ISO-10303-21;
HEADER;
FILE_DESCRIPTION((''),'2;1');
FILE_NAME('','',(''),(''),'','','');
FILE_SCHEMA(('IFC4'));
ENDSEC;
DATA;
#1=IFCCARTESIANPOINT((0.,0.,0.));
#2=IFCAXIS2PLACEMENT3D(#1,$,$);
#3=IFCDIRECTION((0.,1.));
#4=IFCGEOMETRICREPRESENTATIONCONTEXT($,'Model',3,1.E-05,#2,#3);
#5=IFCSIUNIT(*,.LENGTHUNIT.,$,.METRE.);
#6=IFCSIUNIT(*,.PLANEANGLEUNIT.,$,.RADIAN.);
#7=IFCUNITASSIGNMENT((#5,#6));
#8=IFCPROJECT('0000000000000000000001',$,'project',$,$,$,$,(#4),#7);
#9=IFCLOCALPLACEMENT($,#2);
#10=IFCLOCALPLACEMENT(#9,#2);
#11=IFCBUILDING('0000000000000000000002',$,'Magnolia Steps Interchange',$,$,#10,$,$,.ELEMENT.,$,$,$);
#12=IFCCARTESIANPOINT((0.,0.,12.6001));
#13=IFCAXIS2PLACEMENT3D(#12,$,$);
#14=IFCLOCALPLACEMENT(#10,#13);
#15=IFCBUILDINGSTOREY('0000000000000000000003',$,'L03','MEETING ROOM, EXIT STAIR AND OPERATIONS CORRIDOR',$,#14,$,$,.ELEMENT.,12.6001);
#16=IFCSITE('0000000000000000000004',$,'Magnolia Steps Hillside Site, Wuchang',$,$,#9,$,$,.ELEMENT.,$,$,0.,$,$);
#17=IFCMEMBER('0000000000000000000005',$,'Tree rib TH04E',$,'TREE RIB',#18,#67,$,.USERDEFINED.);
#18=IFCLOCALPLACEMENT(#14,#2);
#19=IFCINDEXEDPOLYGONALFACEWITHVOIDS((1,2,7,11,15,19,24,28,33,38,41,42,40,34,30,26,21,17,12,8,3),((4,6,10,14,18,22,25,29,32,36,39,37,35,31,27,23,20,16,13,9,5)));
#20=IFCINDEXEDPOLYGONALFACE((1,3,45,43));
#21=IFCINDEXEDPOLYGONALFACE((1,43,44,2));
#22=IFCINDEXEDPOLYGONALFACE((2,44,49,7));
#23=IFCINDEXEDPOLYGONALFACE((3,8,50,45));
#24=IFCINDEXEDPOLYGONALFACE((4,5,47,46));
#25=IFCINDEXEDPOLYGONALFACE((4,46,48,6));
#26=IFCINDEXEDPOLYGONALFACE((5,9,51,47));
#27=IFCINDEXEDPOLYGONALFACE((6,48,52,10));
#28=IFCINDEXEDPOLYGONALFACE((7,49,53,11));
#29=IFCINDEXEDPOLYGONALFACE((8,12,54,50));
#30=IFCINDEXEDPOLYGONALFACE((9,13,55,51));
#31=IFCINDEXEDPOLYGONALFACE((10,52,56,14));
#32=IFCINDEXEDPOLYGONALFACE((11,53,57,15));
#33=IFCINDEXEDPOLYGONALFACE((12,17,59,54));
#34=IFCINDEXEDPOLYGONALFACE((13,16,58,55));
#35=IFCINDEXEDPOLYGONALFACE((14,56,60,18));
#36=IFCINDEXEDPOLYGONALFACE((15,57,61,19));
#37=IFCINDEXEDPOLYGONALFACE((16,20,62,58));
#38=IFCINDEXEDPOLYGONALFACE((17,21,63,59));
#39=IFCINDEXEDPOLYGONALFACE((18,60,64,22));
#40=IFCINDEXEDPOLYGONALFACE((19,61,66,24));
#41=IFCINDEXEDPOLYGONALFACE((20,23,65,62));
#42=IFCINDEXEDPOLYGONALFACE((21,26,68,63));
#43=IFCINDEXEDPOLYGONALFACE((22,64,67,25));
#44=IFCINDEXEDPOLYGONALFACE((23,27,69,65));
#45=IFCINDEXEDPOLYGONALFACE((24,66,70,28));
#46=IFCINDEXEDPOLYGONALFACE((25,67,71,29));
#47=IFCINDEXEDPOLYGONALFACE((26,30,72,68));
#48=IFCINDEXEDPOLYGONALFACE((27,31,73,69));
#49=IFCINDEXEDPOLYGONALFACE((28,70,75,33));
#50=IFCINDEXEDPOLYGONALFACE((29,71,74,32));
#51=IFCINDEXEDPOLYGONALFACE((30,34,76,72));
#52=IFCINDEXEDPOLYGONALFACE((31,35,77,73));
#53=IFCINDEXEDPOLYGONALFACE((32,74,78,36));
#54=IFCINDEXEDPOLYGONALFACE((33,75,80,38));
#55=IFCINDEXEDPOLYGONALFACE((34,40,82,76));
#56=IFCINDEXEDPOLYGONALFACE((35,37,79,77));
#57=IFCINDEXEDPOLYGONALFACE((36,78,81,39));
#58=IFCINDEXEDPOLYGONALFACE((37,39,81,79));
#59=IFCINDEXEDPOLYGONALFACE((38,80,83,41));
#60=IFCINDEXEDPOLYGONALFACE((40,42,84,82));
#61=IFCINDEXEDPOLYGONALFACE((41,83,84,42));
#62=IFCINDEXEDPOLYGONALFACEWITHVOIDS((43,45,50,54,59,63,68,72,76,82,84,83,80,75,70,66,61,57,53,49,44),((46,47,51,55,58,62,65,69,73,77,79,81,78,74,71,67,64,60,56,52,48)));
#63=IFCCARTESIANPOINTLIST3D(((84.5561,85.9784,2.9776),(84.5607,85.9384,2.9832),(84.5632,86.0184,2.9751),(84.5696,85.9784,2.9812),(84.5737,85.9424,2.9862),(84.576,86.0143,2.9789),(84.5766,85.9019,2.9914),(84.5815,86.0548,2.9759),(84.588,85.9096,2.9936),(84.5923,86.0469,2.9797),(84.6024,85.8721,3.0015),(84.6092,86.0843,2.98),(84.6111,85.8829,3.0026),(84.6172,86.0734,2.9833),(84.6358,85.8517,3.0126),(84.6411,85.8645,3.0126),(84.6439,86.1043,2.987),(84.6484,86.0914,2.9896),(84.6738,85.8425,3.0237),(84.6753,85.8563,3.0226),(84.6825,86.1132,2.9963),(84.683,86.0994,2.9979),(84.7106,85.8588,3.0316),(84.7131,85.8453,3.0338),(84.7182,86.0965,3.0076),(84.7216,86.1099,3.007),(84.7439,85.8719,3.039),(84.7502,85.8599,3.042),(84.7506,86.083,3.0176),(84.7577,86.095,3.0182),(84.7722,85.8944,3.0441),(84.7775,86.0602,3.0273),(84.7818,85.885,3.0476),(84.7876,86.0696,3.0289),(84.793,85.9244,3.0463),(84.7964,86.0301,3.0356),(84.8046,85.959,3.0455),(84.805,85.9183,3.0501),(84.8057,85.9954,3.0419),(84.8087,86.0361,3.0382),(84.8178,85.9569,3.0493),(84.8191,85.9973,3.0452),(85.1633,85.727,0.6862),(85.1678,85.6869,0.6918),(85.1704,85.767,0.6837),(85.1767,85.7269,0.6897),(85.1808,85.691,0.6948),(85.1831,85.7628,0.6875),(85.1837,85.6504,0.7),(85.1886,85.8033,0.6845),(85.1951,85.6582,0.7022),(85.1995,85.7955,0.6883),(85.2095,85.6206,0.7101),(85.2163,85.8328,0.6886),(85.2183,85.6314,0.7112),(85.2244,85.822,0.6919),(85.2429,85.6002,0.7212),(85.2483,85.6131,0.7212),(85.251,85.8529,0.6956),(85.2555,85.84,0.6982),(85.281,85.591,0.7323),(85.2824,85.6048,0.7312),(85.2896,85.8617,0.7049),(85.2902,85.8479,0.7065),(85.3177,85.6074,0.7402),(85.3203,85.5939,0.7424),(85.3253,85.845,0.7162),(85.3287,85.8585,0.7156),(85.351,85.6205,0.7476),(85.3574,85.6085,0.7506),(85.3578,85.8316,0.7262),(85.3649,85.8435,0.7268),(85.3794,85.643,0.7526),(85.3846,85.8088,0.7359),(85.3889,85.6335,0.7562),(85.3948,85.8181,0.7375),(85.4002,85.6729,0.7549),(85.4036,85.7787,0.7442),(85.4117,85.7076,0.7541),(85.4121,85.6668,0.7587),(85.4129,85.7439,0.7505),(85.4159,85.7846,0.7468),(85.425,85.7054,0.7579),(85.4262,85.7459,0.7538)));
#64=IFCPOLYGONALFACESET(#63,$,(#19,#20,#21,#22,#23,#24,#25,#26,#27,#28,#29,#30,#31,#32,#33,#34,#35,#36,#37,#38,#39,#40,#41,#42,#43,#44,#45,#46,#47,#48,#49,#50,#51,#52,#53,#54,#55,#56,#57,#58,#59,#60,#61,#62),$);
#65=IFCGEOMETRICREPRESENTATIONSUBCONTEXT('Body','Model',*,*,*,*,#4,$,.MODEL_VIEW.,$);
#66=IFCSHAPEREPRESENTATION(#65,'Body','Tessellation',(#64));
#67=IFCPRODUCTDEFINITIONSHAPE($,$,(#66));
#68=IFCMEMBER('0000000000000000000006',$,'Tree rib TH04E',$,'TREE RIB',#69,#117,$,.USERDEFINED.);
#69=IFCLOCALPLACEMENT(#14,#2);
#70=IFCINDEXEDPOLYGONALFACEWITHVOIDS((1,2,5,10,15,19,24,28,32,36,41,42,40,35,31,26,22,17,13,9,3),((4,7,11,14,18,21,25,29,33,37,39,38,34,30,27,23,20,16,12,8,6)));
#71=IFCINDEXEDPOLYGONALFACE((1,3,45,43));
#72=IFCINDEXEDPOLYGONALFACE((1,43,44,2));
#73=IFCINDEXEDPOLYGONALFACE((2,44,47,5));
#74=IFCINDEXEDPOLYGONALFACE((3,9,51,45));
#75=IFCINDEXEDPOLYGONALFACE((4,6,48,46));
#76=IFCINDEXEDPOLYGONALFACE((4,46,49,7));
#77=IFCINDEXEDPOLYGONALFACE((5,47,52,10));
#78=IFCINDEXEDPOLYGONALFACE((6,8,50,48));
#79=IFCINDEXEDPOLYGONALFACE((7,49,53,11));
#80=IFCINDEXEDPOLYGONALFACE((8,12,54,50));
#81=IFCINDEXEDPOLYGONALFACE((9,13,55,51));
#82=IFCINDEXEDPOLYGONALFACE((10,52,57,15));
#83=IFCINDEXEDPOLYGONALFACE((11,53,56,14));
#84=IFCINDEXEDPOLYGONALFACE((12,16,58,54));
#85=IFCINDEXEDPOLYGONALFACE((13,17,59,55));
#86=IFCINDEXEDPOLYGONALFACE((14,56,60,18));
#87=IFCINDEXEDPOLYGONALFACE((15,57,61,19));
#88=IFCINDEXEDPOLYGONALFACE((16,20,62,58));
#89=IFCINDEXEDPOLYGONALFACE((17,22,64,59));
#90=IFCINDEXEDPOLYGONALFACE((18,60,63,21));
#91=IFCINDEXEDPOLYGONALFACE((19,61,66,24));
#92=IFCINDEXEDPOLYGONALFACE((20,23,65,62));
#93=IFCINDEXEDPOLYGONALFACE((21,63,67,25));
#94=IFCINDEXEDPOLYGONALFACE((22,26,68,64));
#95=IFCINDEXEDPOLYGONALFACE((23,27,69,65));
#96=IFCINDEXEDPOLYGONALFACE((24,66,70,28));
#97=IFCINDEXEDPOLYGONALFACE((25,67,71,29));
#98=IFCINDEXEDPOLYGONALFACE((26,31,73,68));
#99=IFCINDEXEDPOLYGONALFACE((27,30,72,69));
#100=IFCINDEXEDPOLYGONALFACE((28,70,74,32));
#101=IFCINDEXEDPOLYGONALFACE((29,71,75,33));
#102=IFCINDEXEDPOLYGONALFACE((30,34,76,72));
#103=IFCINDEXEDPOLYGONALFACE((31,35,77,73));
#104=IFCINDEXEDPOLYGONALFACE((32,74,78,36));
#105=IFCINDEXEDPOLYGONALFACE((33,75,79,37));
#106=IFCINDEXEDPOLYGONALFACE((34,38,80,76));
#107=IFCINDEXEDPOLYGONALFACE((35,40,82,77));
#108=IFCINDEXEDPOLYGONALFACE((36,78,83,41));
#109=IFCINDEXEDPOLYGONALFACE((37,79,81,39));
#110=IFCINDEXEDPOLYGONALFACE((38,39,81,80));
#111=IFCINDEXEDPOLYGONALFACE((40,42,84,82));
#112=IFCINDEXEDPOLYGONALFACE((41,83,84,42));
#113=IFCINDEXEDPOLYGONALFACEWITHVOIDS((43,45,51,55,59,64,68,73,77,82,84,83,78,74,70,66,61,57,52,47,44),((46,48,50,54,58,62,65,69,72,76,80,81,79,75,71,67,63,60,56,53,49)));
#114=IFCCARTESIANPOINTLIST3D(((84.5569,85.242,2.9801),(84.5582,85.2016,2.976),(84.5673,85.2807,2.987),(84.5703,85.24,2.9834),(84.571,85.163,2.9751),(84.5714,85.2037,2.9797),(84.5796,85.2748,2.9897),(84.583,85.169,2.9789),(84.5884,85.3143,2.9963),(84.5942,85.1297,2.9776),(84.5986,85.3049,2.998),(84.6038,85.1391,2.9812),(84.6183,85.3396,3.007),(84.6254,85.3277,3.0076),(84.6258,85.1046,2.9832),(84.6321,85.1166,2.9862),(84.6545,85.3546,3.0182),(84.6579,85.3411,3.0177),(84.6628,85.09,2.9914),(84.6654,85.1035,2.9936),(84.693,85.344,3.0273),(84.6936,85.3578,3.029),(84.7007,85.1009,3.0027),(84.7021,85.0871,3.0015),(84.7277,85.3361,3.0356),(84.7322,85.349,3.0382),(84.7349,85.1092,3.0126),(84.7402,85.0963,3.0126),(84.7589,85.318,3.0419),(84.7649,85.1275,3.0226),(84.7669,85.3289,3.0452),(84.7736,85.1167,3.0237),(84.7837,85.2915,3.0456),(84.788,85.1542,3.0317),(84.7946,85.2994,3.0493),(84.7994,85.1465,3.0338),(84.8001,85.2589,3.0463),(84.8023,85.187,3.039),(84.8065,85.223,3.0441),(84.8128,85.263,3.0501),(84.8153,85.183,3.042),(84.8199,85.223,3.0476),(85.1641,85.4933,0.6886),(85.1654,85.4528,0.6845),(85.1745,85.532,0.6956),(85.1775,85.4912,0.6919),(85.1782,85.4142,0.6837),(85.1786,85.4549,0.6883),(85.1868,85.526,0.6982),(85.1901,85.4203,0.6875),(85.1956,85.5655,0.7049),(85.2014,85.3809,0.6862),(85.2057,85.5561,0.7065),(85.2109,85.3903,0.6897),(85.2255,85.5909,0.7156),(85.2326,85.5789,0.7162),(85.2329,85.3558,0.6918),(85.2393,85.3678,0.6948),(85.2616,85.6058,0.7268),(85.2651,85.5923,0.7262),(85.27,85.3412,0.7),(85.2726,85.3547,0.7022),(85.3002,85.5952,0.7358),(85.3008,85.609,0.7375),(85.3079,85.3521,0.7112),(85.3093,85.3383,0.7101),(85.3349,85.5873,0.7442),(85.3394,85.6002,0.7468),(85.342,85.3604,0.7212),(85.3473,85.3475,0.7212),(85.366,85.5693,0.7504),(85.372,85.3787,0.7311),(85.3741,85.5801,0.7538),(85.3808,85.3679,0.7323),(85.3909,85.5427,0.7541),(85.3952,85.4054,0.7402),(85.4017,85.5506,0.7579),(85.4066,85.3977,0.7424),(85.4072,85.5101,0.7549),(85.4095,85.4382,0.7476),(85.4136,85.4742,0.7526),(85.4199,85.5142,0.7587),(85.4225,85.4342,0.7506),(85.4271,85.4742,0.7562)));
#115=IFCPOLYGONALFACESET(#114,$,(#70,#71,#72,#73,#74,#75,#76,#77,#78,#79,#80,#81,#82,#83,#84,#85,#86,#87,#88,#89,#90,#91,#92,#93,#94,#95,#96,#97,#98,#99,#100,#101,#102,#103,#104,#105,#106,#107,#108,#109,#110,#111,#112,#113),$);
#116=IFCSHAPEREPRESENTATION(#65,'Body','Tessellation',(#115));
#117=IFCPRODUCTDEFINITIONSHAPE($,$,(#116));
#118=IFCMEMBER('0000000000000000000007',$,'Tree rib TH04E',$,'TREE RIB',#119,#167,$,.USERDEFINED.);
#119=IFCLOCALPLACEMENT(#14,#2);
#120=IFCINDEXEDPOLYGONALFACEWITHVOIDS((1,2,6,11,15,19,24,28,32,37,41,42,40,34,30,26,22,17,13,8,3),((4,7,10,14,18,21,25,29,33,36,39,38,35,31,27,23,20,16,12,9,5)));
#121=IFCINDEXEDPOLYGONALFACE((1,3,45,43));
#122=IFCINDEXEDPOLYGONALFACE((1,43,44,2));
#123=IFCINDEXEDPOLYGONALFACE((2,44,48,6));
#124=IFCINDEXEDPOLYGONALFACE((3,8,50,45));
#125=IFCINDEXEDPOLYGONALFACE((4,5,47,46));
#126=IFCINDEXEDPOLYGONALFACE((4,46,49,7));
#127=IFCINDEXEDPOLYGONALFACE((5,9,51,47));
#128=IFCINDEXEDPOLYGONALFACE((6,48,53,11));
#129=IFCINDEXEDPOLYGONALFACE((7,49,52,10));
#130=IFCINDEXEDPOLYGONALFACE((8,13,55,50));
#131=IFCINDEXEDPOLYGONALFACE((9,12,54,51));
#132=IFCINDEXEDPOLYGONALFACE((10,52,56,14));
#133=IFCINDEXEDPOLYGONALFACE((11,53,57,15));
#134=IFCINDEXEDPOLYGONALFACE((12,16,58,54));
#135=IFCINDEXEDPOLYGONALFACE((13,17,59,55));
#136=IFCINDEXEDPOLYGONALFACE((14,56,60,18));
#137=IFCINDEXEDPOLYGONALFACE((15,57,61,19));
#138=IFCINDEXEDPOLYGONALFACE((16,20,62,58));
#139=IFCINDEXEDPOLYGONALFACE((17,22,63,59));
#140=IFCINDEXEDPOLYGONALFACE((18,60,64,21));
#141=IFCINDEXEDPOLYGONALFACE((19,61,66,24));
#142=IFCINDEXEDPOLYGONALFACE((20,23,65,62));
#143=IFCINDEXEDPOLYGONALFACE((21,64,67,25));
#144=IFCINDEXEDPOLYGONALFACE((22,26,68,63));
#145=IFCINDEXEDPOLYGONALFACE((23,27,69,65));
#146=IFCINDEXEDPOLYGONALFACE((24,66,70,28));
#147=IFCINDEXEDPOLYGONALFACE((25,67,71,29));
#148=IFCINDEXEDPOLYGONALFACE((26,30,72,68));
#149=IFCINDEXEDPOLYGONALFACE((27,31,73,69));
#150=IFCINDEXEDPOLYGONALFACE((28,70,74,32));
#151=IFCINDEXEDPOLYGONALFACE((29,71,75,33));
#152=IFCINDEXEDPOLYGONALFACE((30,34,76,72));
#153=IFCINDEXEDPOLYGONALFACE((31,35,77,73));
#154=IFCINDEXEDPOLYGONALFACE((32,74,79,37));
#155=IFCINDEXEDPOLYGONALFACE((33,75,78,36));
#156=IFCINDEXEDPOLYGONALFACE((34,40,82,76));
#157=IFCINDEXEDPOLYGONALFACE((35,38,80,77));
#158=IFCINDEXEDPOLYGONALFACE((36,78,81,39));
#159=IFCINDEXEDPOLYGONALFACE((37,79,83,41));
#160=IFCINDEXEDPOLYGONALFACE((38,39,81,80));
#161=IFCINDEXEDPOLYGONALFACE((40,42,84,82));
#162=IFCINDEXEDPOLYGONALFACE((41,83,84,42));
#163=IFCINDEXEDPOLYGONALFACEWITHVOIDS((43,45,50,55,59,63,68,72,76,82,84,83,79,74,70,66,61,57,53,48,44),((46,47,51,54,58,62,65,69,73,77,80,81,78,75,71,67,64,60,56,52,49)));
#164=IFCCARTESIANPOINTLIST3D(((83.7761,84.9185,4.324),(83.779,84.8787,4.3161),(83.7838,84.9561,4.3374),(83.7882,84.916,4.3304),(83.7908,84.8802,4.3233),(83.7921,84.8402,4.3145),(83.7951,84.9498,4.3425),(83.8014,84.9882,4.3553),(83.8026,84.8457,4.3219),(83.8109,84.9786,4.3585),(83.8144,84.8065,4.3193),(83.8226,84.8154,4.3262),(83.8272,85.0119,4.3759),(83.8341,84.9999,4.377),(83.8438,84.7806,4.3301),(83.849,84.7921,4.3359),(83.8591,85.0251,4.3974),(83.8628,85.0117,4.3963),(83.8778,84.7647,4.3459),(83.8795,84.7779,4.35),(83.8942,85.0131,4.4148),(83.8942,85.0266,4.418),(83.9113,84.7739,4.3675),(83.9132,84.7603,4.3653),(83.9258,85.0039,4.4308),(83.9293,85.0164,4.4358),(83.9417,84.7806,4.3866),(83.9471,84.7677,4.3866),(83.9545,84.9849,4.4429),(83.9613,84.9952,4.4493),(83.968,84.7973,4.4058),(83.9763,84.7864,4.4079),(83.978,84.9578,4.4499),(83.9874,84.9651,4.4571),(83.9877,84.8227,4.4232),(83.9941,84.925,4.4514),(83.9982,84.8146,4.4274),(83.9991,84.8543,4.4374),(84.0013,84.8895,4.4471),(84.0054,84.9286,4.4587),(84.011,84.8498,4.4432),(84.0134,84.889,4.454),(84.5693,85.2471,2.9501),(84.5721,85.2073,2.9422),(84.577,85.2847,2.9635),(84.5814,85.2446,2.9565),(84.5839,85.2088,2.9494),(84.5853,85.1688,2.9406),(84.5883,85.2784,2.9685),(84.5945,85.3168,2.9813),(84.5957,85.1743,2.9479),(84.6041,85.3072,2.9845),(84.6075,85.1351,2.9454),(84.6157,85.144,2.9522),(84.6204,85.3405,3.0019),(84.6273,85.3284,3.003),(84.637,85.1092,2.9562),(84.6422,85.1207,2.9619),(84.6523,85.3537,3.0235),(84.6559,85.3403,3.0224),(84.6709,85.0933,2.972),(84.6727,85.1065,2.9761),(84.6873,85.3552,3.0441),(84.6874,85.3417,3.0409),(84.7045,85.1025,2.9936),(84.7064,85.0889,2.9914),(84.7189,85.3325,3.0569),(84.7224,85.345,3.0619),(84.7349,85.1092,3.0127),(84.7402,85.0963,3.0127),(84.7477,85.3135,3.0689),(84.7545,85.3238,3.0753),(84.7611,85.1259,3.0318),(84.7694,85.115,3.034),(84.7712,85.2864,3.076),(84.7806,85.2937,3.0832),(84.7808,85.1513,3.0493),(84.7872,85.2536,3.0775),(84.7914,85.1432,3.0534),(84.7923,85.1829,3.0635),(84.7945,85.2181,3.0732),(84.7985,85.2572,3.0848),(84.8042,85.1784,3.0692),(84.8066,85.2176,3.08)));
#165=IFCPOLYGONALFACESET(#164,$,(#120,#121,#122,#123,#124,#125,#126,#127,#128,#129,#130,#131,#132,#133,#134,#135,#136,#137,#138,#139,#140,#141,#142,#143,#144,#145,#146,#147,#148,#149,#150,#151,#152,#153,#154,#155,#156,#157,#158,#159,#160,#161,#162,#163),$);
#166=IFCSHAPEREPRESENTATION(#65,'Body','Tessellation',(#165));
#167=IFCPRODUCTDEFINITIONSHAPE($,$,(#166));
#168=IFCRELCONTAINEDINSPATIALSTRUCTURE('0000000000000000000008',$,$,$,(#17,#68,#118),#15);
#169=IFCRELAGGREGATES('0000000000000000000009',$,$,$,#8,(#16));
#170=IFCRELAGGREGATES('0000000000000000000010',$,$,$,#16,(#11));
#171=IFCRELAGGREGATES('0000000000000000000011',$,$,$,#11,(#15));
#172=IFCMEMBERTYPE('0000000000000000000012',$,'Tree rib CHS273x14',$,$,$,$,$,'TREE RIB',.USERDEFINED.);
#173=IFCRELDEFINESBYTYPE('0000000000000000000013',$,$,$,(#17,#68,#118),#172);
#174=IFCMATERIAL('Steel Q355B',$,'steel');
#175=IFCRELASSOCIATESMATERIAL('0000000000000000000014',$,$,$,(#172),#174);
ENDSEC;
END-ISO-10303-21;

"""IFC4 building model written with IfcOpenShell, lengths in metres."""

from ifc_helpers import new_model, si_unit, direction, frame, origin, origin_2d, place, context, subcontext, project, spatial, hollow_circle, extrude, material, material_profile, profile_set, type_object, element, save


model = new_model("IFC4")

# Units and contexts
model_context = context("Model", 3, precision=1e-05, world=origin(), true_north=direction((0.0, 1.0)))
body_context = subcontext(model_context, "Body", "Model", "MODEL_VIEW")
ifc_project = project(units=[si_unit("LENGTHUNIT", "METRE"), si_unit("PLANEANGLEUNIT", "RADIAN")], contexts=[model_context])

# Site, building, storey
site_placement = place(None, origin())
site = spatial("IfcSite", under=ifc_project, at=site_placement, Name="Magnolia Steps Hillside Site, Wuchang", CompositionType="ELEMENT", RefElevation=0.0)
building_placement = place(site_placement, origin())
building = spatial("IfcBuilding", under=site, at=building_placement, Name="Magnolia Steps Interchange", CompositionType="ELEMENT")
storey_placement = place(building_placement, frame((0.0, 0.0, 12.6001)))
storey = spatial("IfcBuildingStorey", under=building, at=storey_placement, Name="L03", Description="MEETING ROOM, EXIT STAIR AND OPERATIONS CORRIDOR", CompositionType="ELEMENT", Elevation=12.6001)

# Members
ifc_material_1 = material(Name="Steel Q355B", Category="steel")
ifc_material_profile_1 = material_profile(ifc_material_1, hollow_circle(Radius=0.1365, WallThickness=0.0139, at=origin_2d()), Name="CHS273x14")
ifc_profile_set_1 = profile_set([ifc_material_profile_1], Name="Steel Q355B")
member_type_1 = type_object("IfcMemberType", Name="Tree rib CHS273x14", ElementType="TREE RIB", PredefinedType="USERDEFINED", material=ifc_profile_set_1)
for number, where, z_axis, x_axis, name in (
    (1, (85.2952, 85.7263, 0.7212), (-0.254701, 0.105485, 0.961249), (-0.382636, -0.923899, 0.0), "Tree rib TH04E"),
    (2, (85.2952, 85.4736, 0.7212), (-0.254704, -0.105384, 0.96126), (0.382319, -0.92403, 0.0), "Tree rib TH04E"),
):
    element("IfcMember", number, at=place(storey_placement, frame(where, z_axis=z_axis, x_axis=x_axis)), inside=storey, type_object=member_type_1, Name=name, ObjectType="TREE RIB", PredefinedType="USERDEFINED", context=body_context, shape_type="SweptSolid", body=[
        extrude(hollow_circle(Radius=0.1365, WallThickness=0.0139, at=origin_2d()), origin(), (0.0, 0.0, 1.0), 2.3838),
    ])
member_1_placement = place(storey_placement, frame((84.688, 85.2224, 3.0127), z_axis=(-0.489571, -0.20282, 0.848047), x_axis=(0.382737, -0.923857, 0.0)))
element("IfcMember", 3, at=member_1_placement, inside=storey, type_object=member_type_1, Name="Tree rib TH04E", ObjectType="TREE RIB", PredefinedType="USERDEFINED", context=body_context, shape_type="SweptSolid", body=[
    extrude(hollow_circle(Radius=0.1365, WallThickness=0.0139, at=origin_2d()), origin(), (0.0, 0.0, 1.0), 1.6201),
])

save(model, "model.ifc")
